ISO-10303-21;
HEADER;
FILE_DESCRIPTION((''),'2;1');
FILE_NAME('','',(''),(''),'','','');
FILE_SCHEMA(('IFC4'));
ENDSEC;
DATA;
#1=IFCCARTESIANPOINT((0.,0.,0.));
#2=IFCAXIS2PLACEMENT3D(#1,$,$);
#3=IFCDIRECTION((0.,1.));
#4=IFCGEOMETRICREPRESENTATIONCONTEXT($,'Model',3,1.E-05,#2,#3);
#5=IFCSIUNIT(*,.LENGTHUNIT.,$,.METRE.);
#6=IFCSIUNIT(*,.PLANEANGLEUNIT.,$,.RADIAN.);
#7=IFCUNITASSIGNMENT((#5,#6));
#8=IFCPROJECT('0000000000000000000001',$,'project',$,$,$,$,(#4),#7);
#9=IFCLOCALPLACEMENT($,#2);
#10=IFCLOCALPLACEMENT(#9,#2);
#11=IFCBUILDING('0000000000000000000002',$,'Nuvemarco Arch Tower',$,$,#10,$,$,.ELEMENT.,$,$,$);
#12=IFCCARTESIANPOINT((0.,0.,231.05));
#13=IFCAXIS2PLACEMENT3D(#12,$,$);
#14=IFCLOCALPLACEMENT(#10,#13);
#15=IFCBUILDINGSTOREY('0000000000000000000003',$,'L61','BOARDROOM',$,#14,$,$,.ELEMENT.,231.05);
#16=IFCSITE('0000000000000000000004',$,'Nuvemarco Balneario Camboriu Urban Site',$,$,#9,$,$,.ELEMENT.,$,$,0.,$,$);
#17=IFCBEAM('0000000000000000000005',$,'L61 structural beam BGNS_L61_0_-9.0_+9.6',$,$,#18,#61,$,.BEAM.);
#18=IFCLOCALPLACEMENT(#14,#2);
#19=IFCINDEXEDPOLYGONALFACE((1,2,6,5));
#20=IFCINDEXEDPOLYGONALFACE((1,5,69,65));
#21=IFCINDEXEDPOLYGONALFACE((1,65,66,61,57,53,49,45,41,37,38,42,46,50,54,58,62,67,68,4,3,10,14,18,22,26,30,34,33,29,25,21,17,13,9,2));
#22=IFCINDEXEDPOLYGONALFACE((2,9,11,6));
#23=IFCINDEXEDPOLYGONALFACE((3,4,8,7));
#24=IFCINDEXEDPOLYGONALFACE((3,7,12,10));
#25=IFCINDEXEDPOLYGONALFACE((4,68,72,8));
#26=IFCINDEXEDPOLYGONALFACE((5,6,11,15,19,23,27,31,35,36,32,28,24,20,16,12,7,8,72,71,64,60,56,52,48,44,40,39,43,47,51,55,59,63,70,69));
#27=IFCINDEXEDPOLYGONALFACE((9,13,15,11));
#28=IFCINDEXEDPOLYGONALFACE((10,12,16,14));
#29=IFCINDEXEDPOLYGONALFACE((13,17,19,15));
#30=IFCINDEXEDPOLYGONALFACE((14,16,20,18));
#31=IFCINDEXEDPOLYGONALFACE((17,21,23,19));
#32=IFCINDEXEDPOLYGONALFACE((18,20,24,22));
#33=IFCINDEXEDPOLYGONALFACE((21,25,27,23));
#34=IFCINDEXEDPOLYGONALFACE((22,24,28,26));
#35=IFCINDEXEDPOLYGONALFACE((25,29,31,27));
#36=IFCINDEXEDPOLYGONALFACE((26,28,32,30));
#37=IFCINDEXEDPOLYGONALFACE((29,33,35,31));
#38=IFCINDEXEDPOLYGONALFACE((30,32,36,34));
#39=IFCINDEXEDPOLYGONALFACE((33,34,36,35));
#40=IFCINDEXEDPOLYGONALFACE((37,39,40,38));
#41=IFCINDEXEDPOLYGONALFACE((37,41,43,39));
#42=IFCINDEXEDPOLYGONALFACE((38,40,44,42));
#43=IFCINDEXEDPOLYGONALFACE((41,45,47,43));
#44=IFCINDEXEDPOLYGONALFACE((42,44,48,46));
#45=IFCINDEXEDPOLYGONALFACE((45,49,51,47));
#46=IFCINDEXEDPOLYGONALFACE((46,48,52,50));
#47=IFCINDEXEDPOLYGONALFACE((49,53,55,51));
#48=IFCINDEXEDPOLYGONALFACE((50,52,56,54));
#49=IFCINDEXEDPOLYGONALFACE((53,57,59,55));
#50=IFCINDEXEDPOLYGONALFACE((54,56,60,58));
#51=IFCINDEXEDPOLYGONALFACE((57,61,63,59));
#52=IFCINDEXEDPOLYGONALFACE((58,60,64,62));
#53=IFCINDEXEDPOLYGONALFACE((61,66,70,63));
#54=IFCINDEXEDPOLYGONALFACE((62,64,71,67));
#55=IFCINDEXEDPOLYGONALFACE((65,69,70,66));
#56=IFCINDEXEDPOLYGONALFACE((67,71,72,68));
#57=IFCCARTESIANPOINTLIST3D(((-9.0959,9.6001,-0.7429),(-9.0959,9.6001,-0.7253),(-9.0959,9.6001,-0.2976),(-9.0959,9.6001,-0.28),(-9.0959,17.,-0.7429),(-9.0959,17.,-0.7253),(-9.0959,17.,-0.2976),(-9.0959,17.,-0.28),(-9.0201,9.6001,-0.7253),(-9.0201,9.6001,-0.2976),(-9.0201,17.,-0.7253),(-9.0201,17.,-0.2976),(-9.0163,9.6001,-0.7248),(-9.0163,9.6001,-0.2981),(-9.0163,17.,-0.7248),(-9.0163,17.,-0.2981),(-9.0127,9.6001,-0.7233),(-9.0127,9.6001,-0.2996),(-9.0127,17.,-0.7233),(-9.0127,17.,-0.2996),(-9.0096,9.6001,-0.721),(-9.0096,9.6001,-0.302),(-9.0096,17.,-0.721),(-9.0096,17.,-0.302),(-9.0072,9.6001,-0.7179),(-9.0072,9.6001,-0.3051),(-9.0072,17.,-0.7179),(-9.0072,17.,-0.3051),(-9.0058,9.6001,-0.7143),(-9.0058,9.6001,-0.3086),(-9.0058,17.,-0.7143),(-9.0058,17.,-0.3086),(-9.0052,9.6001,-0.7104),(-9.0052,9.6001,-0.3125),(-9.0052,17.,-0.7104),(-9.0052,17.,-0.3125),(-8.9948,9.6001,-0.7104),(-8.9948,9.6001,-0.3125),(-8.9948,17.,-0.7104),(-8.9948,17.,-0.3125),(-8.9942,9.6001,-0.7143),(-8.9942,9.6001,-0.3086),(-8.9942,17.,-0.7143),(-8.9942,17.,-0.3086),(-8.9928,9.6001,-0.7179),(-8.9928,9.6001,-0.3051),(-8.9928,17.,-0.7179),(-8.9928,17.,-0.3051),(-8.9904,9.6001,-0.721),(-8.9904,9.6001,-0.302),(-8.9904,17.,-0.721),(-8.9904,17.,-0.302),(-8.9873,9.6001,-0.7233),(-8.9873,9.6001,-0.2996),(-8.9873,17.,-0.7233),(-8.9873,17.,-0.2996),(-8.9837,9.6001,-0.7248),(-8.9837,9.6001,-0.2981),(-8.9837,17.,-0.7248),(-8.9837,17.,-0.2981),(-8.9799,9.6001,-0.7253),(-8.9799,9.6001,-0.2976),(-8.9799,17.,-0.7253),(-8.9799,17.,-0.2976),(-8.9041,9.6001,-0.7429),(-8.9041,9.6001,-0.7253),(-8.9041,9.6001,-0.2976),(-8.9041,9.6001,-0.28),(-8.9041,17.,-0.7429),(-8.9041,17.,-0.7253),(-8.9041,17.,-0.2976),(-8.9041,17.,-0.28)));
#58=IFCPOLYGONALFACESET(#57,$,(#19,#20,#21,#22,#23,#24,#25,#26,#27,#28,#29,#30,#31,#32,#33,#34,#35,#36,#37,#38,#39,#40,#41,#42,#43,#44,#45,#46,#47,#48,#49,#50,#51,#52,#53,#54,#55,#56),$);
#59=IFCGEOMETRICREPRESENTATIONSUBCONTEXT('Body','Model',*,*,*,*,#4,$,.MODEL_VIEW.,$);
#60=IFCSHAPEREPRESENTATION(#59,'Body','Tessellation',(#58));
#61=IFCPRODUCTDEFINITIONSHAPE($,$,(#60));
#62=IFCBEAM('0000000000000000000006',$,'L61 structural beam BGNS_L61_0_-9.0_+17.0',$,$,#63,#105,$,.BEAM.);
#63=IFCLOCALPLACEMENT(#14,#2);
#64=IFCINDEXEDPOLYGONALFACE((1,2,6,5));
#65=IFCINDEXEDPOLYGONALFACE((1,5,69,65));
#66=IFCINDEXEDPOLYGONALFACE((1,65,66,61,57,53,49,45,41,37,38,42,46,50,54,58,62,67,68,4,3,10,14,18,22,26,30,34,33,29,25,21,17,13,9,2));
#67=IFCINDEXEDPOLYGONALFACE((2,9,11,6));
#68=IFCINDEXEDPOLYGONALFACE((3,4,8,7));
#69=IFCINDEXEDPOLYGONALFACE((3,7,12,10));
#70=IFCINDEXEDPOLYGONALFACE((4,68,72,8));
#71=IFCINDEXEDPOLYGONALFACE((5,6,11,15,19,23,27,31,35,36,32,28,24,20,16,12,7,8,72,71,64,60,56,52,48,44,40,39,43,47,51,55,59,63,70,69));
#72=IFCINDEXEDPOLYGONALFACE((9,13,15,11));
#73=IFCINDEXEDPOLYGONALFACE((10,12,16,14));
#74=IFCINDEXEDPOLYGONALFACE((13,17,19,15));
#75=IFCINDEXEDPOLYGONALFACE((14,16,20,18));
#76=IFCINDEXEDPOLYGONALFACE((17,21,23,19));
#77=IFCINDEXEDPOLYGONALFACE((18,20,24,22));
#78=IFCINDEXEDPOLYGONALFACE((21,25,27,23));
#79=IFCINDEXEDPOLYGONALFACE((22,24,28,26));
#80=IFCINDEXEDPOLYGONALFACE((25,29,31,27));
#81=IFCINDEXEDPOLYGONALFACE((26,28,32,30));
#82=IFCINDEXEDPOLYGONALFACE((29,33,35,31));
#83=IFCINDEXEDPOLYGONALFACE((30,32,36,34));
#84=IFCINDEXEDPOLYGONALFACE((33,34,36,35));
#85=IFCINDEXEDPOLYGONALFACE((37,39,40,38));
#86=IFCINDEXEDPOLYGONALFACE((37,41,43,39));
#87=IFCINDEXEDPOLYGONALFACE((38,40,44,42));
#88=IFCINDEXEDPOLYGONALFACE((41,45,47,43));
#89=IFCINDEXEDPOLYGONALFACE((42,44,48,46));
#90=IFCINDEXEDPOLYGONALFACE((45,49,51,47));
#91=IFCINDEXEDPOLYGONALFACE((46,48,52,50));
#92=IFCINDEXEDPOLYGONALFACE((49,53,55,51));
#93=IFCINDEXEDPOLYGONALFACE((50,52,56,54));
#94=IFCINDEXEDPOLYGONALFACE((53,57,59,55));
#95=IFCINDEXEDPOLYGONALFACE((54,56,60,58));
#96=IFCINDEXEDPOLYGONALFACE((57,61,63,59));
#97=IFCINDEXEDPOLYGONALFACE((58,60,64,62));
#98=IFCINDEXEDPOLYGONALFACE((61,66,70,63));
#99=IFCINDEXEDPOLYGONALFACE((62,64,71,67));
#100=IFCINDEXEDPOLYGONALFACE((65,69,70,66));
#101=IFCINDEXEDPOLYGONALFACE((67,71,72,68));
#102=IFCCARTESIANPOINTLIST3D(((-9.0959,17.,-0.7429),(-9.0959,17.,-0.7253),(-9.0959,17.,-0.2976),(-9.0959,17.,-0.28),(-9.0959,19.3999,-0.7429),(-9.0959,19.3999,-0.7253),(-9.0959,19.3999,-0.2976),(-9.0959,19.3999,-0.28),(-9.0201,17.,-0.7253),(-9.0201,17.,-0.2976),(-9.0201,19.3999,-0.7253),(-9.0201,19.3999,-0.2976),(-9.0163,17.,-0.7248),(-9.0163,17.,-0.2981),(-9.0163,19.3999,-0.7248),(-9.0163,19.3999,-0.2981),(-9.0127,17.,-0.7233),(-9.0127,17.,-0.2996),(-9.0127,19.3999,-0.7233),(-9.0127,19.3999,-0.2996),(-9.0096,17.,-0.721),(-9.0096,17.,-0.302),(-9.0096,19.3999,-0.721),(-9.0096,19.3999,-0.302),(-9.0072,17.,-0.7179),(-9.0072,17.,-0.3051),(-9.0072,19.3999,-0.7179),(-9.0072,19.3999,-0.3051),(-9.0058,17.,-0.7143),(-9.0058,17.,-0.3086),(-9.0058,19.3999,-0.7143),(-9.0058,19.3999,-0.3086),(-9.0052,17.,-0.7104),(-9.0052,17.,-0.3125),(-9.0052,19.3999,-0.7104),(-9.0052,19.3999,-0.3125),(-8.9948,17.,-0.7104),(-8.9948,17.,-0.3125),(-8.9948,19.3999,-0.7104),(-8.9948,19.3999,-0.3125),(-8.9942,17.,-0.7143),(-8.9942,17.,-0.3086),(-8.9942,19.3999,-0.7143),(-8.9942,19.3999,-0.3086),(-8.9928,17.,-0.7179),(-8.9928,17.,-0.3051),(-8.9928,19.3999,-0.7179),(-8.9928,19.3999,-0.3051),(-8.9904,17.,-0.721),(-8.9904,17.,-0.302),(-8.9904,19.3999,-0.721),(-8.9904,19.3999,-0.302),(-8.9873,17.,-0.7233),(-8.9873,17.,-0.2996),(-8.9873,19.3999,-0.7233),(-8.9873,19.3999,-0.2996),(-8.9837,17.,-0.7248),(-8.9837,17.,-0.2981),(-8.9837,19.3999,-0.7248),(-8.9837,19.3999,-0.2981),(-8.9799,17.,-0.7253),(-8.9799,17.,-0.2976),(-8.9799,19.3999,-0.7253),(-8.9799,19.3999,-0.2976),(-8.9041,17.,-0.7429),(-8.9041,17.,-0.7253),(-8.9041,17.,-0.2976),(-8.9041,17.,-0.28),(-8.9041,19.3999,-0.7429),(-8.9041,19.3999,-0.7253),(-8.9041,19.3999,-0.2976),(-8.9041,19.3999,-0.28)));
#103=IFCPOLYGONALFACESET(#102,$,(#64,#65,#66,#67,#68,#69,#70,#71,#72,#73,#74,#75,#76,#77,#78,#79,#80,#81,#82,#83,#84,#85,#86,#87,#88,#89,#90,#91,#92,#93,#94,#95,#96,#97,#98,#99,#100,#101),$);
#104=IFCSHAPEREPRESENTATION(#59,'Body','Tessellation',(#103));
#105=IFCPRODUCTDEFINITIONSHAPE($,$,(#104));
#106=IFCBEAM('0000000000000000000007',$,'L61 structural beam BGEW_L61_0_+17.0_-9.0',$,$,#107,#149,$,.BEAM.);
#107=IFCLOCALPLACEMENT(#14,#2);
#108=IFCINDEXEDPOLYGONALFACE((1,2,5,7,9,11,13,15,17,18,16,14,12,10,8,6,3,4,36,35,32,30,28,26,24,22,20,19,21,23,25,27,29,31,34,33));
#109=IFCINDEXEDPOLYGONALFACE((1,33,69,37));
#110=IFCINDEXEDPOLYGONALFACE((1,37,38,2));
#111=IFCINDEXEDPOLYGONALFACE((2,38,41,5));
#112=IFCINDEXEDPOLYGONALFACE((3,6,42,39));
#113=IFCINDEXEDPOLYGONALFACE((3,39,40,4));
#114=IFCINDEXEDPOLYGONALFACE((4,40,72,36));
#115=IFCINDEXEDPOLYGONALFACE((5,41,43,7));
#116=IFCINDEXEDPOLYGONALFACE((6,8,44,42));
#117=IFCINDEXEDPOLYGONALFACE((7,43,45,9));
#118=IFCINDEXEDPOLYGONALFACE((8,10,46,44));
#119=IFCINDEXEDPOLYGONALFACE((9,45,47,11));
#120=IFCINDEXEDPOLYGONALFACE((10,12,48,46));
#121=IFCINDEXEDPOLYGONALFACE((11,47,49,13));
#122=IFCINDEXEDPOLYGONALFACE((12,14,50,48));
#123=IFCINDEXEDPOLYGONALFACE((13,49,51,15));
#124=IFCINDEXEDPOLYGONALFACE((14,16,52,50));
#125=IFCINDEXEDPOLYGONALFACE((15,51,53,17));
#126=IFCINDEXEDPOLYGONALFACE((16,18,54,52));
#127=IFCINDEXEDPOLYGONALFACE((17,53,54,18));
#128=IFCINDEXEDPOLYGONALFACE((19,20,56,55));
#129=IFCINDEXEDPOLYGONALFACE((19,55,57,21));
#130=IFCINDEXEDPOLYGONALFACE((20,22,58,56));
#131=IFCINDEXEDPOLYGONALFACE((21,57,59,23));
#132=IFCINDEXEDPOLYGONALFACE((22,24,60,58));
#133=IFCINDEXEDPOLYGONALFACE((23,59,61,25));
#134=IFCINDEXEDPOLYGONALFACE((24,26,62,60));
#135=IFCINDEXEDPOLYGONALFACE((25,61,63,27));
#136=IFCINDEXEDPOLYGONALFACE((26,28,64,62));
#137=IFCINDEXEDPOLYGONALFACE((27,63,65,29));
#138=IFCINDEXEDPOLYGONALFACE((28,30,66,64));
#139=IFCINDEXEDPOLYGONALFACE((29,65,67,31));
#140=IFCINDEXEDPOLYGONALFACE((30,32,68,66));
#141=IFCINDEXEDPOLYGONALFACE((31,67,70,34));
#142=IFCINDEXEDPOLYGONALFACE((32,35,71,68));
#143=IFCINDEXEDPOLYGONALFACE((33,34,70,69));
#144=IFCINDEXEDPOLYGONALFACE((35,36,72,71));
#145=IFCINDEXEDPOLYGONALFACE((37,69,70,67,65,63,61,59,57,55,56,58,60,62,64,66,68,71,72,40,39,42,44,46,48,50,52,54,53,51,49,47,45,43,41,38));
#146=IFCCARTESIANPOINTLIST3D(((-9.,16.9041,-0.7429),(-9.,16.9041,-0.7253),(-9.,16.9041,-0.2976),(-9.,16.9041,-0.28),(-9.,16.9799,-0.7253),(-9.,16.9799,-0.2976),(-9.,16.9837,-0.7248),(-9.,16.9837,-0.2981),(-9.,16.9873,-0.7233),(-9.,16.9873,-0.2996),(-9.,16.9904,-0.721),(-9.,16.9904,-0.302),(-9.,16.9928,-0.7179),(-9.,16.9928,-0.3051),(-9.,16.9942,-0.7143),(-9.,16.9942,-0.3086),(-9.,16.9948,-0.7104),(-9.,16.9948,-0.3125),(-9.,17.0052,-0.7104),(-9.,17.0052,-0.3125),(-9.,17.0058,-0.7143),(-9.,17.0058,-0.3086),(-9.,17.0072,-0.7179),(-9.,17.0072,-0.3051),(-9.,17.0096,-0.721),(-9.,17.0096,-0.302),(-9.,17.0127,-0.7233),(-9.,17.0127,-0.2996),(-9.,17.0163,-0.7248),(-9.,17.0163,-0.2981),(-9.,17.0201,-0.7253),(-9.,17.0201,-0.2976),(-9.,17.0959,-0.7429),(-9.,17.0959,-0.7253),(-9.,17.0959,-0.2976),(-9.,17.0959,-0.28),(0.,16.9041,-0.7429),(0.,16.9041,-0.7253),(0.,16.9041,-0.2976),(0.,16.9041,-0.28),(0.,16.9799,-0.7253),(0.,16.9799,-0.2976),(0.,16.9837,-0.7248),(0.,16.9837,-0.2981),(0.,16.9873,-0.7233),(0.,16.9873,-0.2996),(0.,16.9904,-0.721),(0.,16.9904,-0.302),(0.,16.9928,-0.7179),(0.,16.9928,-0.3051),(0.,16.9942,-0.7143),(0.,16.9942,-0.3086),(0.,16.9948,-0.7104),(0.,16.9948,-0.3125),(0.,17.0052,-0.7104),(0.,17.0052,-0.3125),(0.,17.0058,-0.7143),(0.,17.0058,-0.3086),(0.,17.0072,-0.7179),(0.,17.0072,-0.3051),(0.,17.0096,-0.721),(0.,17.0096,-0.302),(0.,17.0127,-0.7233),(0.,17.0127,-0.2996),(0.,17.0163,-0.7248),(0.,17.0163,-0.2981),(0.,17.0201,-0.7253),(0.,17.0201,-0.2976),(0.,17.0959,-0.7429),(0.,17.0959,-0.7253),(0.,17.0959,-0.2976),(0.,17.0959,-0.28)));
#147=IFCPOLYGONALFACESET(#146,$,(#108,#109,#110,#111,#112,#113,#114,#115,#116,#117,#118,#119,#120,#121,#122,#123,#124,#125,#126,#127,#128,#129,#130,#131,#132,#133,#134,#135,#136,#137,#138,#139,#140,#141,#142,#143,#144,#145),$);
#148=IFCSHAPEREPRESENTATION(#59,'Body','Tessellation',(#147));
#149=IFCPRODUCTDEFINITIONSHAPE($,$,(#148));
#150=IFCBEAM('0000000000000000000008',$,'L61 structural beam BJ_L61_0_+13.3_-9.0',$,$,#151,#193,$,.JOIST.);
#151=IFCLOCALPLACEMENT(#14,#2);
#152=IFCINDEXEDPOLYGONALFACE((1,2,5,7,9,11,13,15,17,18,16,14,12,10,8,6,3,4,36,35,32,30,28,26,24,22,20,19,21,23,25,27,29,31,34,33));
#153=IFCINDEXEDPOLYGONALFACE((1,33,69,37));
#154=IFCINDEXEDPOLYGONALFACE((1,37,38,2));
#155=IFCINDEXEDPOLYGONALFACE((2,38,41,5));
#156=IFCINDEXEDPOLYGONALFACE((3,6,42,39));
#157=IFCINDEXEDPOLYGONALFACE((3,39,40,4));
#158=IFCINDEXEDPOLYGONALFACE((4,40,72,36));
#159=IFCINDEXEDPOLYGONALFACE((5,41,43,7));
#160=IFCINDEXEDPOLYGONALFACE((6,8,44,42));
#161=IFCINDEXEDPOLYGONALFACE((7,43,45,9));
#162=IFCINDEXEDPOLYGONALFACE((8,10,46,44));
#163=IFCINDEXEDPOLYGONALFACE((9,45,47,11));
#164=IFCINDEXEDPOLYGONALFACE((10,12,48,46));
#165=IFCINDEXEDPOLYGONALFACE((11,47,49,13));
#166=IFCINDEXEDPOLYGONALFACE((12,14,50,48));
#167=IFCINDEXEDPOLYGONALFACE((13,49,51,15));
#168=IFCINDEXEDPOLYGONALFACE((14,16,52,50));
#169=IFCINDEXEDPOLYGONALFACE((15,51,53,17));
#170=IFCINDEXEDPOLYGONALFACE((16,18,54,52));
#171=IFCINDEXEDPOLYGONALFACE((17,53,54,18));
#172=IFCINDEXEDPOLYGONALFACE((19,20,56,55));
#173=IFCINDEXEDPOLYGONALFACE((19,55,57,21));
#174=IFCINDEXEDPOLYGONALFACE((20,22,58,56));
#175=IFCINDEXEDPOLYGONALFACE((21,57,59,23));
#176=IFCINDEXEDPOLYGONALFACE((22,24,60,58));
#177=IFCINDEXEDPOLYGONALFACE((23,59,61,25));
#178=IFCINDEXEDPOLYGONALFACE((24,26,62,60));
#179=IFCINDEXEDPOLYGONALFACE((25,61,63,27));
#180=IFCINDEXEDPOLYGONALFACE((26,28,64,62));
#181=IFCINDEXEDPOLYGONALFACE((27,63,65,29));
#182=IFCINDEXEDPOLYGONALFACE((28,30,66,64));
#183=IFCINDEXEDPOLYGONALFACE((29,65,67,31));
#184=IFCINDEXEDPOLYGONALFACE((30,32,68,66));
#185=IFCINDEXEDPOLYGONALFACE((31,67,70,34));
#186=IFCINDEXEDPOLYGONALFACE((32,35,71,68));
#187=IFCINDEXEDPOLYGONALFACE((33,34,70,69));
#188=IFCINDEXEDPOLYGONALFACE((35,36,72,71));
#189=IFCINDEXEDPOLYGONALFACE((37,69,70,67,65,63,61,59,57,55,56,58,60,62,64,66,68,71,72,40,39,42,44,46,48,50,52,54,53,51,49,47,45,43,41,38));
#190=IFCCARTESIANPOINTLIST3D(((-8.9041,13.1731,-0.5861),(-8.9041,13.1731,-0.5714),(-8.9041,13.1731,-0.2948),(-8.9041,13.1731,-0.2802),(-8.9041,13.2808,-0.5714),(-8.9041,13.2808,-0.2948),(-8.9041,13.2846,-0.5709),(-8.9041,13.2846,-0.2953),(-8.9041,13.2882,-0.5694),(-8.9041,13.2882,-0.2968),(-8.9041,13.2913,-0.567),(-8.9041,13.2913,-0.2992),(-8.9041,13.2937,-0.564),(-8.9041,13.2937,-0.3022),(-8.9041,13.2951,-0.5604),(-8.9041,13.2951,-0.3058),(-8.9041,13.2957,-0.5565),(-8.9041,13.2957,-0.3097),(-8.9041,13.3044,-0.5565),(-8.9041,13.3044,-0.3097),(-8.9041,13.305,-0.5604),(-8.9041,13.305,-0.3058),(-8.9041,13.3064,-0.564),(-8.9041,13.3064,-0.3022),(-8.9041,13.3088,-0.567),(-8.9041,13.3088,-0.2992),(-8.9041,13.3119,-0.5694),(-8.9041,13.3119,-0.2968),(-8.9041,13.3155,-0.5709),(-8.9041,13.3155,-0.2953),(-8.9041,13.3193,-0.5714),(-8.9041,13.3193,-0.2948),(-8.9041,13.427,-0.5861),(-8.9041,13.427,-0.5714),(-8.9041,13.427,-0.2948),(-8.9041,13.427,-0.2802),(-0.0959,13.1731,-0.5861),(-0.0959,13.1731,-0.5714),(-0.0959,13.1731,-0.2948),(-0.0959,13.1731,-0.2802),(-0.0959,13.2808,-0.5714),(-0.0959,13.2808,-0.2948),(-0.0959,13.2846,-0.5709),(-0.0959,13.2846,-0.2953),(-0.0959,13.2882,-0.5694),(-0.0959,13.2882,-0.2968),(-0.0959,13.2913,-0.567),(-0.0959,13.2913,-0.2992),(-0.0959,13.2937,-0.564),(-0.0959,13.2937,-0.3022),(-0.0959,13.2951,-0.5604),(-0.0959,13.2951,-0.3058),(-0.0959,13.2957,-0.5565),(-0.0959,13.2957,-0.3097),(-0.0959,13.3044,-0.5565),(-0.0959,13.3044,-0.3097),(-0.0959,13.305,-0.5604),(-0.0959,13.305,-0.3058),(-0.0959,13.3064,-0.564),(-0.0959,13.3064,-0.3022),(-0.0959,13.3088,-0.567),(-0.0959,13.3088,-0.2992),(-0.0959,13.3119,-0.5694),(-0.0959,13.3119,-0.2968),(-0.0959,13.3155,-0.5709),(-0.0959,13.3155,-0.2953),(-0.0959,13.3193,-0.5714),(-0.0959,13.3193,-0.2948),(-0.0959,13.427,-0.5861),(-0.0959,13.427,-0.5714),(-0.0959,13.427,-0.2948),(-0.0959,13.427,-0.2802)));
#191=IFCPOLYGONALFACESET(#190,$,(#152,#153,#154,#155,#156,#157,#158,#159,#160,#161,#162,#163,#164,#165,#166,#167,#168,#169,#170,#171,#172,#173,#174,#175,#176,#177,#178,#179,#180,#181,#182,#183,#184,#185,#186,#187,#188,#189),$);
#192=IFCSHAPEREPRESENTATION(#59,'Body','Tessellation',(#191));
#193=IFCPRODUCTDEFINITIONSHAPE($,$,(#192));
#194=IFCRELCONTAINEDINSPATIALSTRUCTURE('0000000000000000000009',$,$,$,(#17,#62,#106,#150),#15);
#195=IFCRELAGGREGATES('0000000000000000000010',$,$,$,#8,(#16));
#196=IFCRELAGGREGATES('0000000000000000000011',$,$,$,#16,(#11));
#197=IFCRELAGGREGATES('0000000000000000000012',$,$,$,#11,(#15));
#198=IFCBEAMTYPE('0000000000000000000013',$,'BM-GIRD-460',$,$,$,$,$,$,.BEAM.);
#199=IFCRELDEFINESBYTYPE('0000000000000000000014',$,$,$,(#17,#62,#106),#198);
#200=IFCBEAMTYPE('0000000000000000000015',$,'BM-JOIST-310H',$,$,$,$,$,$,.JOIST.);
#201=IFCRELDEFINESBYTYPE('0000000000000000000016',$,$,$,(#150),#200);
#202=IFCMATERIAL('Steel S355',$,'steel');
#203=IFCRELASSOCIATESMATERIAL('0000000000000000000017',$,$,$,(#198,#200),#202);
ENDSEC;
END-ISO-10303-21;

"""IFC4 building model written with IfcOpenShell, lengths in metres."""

from ifc_helpers import new_model, si_unit, direction, frame, origin, origin_2d, place, context, subcontext, project, spatial, i_section, extrude, material, material_profile, profile_set, type_object, element, save


model = new_model("IFC4")

# Units and contexts
model_context = context("Model", 3, precision=1e-05, world=origin(), true_north=direction((0.0, 1.0)))
body_context = subcontext(model_context, "Body", "Model", "MODEL_VIEW")
ifc_project = project(units=[si_unit("LENGTHUNIT", "METRE"), si_unit("PLANEANGLEUNIT", "RADIAN")], contexts=[model_context])

# Site, building, storey
site_placement = place(None, origin())
site = spatial("IfcSite", under=ifc_project, at=site_placement, Name="Nuvemarco Balneario Camboriu Urban Site", CompositionType="ELEMENT", RefElevation=0.0)
building_placement = place(site_placement, origin())
building = spatial("IfcBuilding", under=site, at=building_placement, Name="Nuvemarco Arch Tower", CompositionType="ELEMENT")
storey_placement = place(building_placement, frame((0.0, 0.0, 231.05)))
storey = spatial("IfcBuildingStorey", under=building, at=storey_placement, Name="L61", Description="BOARDROOM", CompositionType="ELEMENT", Elevation=231.05)

# Shared definitions
ifc_material_1 = material(Name="Steel S355", Category="steel")

# Beams
ifc_material_profile_1 = material_profile(ifc_material_1, i_section(OverallWidth=0.1919, OverallDepth=0.4629, WebThickness=0.0105, FlangeThickness=0.0176, FilletRadius=0.0149, at=origin_2d()), Name="W460x89")
ifc_profile_set_1 = profile_set([ifc_material_profile_1], Name="Steel S355")
beam_type_1 = type_object("IfcBeamType", Name="BM-GIRD-460", PredefinedType="BEAM", material=ifc_profile_set_1)
beam_1_placement = place(storey_placement, frame((-9.0, 9.6001, -0.5115), z_axis=(0.0, 1.0, 0.0), x_axis=(-1.0, 0.0, 0.0)))
element("IfcBeam", 1, at=beam_1_placement, inside=storey, type_object=beam_type_1, Name="L61 structural beam BGNS_L61_0_-9.0_+9.6", PredefinedType="BEAM", context=body_context, shape_type="SweptSolid", body=[
    extrude(i_section(OverallWidth=0.1919, OverallDepth=0.4629, WebThickness=0.0105, FlangeThickness=0.0176, FilletRadius=0.0149, at=origin_2d()), origin(), (0.0, 0.0, 1.0), 7.3999),
])
beam_2_placement = place(storey_placement, frame((-9.0, 17.0, -0.5115), z_axis=(0.0, 1.0, 0.0), x_axis=(-1.0, 0.0, 0.0)))
element("IfcBeam", 2, at=beam_2_placement, inside=storey, type_object=beam_type_1, Name="L61 structural beam BGNS_L61_0_-9.0_+17.0", PredefinedType="BEAM", context=body_context, shape_type="SweptSolid", body=[
    extrude(i_section(OverallWidth=0.1919, OverallDepth=0.4629, WebThickness=0.0105, FlangeThickness=0.0176, FilletRadius=0.0149, at=origin_2d()), origin(), (0.0, 0.0, 1.0), 2.3999),
])
beam_3_placement = place(storey_placement, frame((-9.0, 17.0, -0.5115), z_axis=(1.0, 0.0, 0.0), x_axis=(0.0, 1.0, 0.0)))
element("IfcBeam", 3, at=beam_3_placement, inside=storey, type_object=beam_type_1, Name="L61 structural beam BGEW_L61_0_+17.0_-9.0", PredefinedType="BEAM", context=body_context, shape_type="SweptSolid", body=[
    extrude(i_section(OverallWidth=0.1919, OverallDepth=0.4629, WebThickness=0.0105, FlangeThickness=0.0176, FilletRadius=0.0149, at=origin_2d()), origin(), (0.0, 0.0, 1.0), 9.0),
])
ifc_material_profile_2 = material_profile(ifc_material_1, i_section(OverallWidth=0.2539, OverallDepth=0.3059, WebThickness=0.0088, FlangeThickness=0.0146, FilletRadius=0.0149, at=origin_2d()), Name="W310x79")
ifc_profile_set_2 = profile_set([ifc_material_profile_2], Name="Steel S355")
beam_type_2 = type_object("IfcBeamType", Name="BM-JOIST-310H", PredefinedType="JOIST", material=ifc_profile_set_2)
beam_4_placement = place(storey_placement, frame((-8.9041, 13.3, -0.4331), z_axis=(1.0, 0.0, 0.0), x_axis=(0.0, 1.0, 0.0)))
element("IfcBeam", 4, at=beam_4_placement, inside=storey, type_object=beam_type_2, Name="L61 structural beam BJ_L61_0_+13.3_-9.0", PredefinedType="JOIST", context=body_context, shape_type="SweptSolid", body=[
    extrude(i_section(OverallWidth=0.2539, OverallDepth=0.3059, WebThickness=0.0088, FlangeThickness=0.0146, FilletRadius=0.0149, at=origin_2d()), origin(), (0.0, 0.0, 1.0), 8.8081),
])

save(model, "model.ifc")
